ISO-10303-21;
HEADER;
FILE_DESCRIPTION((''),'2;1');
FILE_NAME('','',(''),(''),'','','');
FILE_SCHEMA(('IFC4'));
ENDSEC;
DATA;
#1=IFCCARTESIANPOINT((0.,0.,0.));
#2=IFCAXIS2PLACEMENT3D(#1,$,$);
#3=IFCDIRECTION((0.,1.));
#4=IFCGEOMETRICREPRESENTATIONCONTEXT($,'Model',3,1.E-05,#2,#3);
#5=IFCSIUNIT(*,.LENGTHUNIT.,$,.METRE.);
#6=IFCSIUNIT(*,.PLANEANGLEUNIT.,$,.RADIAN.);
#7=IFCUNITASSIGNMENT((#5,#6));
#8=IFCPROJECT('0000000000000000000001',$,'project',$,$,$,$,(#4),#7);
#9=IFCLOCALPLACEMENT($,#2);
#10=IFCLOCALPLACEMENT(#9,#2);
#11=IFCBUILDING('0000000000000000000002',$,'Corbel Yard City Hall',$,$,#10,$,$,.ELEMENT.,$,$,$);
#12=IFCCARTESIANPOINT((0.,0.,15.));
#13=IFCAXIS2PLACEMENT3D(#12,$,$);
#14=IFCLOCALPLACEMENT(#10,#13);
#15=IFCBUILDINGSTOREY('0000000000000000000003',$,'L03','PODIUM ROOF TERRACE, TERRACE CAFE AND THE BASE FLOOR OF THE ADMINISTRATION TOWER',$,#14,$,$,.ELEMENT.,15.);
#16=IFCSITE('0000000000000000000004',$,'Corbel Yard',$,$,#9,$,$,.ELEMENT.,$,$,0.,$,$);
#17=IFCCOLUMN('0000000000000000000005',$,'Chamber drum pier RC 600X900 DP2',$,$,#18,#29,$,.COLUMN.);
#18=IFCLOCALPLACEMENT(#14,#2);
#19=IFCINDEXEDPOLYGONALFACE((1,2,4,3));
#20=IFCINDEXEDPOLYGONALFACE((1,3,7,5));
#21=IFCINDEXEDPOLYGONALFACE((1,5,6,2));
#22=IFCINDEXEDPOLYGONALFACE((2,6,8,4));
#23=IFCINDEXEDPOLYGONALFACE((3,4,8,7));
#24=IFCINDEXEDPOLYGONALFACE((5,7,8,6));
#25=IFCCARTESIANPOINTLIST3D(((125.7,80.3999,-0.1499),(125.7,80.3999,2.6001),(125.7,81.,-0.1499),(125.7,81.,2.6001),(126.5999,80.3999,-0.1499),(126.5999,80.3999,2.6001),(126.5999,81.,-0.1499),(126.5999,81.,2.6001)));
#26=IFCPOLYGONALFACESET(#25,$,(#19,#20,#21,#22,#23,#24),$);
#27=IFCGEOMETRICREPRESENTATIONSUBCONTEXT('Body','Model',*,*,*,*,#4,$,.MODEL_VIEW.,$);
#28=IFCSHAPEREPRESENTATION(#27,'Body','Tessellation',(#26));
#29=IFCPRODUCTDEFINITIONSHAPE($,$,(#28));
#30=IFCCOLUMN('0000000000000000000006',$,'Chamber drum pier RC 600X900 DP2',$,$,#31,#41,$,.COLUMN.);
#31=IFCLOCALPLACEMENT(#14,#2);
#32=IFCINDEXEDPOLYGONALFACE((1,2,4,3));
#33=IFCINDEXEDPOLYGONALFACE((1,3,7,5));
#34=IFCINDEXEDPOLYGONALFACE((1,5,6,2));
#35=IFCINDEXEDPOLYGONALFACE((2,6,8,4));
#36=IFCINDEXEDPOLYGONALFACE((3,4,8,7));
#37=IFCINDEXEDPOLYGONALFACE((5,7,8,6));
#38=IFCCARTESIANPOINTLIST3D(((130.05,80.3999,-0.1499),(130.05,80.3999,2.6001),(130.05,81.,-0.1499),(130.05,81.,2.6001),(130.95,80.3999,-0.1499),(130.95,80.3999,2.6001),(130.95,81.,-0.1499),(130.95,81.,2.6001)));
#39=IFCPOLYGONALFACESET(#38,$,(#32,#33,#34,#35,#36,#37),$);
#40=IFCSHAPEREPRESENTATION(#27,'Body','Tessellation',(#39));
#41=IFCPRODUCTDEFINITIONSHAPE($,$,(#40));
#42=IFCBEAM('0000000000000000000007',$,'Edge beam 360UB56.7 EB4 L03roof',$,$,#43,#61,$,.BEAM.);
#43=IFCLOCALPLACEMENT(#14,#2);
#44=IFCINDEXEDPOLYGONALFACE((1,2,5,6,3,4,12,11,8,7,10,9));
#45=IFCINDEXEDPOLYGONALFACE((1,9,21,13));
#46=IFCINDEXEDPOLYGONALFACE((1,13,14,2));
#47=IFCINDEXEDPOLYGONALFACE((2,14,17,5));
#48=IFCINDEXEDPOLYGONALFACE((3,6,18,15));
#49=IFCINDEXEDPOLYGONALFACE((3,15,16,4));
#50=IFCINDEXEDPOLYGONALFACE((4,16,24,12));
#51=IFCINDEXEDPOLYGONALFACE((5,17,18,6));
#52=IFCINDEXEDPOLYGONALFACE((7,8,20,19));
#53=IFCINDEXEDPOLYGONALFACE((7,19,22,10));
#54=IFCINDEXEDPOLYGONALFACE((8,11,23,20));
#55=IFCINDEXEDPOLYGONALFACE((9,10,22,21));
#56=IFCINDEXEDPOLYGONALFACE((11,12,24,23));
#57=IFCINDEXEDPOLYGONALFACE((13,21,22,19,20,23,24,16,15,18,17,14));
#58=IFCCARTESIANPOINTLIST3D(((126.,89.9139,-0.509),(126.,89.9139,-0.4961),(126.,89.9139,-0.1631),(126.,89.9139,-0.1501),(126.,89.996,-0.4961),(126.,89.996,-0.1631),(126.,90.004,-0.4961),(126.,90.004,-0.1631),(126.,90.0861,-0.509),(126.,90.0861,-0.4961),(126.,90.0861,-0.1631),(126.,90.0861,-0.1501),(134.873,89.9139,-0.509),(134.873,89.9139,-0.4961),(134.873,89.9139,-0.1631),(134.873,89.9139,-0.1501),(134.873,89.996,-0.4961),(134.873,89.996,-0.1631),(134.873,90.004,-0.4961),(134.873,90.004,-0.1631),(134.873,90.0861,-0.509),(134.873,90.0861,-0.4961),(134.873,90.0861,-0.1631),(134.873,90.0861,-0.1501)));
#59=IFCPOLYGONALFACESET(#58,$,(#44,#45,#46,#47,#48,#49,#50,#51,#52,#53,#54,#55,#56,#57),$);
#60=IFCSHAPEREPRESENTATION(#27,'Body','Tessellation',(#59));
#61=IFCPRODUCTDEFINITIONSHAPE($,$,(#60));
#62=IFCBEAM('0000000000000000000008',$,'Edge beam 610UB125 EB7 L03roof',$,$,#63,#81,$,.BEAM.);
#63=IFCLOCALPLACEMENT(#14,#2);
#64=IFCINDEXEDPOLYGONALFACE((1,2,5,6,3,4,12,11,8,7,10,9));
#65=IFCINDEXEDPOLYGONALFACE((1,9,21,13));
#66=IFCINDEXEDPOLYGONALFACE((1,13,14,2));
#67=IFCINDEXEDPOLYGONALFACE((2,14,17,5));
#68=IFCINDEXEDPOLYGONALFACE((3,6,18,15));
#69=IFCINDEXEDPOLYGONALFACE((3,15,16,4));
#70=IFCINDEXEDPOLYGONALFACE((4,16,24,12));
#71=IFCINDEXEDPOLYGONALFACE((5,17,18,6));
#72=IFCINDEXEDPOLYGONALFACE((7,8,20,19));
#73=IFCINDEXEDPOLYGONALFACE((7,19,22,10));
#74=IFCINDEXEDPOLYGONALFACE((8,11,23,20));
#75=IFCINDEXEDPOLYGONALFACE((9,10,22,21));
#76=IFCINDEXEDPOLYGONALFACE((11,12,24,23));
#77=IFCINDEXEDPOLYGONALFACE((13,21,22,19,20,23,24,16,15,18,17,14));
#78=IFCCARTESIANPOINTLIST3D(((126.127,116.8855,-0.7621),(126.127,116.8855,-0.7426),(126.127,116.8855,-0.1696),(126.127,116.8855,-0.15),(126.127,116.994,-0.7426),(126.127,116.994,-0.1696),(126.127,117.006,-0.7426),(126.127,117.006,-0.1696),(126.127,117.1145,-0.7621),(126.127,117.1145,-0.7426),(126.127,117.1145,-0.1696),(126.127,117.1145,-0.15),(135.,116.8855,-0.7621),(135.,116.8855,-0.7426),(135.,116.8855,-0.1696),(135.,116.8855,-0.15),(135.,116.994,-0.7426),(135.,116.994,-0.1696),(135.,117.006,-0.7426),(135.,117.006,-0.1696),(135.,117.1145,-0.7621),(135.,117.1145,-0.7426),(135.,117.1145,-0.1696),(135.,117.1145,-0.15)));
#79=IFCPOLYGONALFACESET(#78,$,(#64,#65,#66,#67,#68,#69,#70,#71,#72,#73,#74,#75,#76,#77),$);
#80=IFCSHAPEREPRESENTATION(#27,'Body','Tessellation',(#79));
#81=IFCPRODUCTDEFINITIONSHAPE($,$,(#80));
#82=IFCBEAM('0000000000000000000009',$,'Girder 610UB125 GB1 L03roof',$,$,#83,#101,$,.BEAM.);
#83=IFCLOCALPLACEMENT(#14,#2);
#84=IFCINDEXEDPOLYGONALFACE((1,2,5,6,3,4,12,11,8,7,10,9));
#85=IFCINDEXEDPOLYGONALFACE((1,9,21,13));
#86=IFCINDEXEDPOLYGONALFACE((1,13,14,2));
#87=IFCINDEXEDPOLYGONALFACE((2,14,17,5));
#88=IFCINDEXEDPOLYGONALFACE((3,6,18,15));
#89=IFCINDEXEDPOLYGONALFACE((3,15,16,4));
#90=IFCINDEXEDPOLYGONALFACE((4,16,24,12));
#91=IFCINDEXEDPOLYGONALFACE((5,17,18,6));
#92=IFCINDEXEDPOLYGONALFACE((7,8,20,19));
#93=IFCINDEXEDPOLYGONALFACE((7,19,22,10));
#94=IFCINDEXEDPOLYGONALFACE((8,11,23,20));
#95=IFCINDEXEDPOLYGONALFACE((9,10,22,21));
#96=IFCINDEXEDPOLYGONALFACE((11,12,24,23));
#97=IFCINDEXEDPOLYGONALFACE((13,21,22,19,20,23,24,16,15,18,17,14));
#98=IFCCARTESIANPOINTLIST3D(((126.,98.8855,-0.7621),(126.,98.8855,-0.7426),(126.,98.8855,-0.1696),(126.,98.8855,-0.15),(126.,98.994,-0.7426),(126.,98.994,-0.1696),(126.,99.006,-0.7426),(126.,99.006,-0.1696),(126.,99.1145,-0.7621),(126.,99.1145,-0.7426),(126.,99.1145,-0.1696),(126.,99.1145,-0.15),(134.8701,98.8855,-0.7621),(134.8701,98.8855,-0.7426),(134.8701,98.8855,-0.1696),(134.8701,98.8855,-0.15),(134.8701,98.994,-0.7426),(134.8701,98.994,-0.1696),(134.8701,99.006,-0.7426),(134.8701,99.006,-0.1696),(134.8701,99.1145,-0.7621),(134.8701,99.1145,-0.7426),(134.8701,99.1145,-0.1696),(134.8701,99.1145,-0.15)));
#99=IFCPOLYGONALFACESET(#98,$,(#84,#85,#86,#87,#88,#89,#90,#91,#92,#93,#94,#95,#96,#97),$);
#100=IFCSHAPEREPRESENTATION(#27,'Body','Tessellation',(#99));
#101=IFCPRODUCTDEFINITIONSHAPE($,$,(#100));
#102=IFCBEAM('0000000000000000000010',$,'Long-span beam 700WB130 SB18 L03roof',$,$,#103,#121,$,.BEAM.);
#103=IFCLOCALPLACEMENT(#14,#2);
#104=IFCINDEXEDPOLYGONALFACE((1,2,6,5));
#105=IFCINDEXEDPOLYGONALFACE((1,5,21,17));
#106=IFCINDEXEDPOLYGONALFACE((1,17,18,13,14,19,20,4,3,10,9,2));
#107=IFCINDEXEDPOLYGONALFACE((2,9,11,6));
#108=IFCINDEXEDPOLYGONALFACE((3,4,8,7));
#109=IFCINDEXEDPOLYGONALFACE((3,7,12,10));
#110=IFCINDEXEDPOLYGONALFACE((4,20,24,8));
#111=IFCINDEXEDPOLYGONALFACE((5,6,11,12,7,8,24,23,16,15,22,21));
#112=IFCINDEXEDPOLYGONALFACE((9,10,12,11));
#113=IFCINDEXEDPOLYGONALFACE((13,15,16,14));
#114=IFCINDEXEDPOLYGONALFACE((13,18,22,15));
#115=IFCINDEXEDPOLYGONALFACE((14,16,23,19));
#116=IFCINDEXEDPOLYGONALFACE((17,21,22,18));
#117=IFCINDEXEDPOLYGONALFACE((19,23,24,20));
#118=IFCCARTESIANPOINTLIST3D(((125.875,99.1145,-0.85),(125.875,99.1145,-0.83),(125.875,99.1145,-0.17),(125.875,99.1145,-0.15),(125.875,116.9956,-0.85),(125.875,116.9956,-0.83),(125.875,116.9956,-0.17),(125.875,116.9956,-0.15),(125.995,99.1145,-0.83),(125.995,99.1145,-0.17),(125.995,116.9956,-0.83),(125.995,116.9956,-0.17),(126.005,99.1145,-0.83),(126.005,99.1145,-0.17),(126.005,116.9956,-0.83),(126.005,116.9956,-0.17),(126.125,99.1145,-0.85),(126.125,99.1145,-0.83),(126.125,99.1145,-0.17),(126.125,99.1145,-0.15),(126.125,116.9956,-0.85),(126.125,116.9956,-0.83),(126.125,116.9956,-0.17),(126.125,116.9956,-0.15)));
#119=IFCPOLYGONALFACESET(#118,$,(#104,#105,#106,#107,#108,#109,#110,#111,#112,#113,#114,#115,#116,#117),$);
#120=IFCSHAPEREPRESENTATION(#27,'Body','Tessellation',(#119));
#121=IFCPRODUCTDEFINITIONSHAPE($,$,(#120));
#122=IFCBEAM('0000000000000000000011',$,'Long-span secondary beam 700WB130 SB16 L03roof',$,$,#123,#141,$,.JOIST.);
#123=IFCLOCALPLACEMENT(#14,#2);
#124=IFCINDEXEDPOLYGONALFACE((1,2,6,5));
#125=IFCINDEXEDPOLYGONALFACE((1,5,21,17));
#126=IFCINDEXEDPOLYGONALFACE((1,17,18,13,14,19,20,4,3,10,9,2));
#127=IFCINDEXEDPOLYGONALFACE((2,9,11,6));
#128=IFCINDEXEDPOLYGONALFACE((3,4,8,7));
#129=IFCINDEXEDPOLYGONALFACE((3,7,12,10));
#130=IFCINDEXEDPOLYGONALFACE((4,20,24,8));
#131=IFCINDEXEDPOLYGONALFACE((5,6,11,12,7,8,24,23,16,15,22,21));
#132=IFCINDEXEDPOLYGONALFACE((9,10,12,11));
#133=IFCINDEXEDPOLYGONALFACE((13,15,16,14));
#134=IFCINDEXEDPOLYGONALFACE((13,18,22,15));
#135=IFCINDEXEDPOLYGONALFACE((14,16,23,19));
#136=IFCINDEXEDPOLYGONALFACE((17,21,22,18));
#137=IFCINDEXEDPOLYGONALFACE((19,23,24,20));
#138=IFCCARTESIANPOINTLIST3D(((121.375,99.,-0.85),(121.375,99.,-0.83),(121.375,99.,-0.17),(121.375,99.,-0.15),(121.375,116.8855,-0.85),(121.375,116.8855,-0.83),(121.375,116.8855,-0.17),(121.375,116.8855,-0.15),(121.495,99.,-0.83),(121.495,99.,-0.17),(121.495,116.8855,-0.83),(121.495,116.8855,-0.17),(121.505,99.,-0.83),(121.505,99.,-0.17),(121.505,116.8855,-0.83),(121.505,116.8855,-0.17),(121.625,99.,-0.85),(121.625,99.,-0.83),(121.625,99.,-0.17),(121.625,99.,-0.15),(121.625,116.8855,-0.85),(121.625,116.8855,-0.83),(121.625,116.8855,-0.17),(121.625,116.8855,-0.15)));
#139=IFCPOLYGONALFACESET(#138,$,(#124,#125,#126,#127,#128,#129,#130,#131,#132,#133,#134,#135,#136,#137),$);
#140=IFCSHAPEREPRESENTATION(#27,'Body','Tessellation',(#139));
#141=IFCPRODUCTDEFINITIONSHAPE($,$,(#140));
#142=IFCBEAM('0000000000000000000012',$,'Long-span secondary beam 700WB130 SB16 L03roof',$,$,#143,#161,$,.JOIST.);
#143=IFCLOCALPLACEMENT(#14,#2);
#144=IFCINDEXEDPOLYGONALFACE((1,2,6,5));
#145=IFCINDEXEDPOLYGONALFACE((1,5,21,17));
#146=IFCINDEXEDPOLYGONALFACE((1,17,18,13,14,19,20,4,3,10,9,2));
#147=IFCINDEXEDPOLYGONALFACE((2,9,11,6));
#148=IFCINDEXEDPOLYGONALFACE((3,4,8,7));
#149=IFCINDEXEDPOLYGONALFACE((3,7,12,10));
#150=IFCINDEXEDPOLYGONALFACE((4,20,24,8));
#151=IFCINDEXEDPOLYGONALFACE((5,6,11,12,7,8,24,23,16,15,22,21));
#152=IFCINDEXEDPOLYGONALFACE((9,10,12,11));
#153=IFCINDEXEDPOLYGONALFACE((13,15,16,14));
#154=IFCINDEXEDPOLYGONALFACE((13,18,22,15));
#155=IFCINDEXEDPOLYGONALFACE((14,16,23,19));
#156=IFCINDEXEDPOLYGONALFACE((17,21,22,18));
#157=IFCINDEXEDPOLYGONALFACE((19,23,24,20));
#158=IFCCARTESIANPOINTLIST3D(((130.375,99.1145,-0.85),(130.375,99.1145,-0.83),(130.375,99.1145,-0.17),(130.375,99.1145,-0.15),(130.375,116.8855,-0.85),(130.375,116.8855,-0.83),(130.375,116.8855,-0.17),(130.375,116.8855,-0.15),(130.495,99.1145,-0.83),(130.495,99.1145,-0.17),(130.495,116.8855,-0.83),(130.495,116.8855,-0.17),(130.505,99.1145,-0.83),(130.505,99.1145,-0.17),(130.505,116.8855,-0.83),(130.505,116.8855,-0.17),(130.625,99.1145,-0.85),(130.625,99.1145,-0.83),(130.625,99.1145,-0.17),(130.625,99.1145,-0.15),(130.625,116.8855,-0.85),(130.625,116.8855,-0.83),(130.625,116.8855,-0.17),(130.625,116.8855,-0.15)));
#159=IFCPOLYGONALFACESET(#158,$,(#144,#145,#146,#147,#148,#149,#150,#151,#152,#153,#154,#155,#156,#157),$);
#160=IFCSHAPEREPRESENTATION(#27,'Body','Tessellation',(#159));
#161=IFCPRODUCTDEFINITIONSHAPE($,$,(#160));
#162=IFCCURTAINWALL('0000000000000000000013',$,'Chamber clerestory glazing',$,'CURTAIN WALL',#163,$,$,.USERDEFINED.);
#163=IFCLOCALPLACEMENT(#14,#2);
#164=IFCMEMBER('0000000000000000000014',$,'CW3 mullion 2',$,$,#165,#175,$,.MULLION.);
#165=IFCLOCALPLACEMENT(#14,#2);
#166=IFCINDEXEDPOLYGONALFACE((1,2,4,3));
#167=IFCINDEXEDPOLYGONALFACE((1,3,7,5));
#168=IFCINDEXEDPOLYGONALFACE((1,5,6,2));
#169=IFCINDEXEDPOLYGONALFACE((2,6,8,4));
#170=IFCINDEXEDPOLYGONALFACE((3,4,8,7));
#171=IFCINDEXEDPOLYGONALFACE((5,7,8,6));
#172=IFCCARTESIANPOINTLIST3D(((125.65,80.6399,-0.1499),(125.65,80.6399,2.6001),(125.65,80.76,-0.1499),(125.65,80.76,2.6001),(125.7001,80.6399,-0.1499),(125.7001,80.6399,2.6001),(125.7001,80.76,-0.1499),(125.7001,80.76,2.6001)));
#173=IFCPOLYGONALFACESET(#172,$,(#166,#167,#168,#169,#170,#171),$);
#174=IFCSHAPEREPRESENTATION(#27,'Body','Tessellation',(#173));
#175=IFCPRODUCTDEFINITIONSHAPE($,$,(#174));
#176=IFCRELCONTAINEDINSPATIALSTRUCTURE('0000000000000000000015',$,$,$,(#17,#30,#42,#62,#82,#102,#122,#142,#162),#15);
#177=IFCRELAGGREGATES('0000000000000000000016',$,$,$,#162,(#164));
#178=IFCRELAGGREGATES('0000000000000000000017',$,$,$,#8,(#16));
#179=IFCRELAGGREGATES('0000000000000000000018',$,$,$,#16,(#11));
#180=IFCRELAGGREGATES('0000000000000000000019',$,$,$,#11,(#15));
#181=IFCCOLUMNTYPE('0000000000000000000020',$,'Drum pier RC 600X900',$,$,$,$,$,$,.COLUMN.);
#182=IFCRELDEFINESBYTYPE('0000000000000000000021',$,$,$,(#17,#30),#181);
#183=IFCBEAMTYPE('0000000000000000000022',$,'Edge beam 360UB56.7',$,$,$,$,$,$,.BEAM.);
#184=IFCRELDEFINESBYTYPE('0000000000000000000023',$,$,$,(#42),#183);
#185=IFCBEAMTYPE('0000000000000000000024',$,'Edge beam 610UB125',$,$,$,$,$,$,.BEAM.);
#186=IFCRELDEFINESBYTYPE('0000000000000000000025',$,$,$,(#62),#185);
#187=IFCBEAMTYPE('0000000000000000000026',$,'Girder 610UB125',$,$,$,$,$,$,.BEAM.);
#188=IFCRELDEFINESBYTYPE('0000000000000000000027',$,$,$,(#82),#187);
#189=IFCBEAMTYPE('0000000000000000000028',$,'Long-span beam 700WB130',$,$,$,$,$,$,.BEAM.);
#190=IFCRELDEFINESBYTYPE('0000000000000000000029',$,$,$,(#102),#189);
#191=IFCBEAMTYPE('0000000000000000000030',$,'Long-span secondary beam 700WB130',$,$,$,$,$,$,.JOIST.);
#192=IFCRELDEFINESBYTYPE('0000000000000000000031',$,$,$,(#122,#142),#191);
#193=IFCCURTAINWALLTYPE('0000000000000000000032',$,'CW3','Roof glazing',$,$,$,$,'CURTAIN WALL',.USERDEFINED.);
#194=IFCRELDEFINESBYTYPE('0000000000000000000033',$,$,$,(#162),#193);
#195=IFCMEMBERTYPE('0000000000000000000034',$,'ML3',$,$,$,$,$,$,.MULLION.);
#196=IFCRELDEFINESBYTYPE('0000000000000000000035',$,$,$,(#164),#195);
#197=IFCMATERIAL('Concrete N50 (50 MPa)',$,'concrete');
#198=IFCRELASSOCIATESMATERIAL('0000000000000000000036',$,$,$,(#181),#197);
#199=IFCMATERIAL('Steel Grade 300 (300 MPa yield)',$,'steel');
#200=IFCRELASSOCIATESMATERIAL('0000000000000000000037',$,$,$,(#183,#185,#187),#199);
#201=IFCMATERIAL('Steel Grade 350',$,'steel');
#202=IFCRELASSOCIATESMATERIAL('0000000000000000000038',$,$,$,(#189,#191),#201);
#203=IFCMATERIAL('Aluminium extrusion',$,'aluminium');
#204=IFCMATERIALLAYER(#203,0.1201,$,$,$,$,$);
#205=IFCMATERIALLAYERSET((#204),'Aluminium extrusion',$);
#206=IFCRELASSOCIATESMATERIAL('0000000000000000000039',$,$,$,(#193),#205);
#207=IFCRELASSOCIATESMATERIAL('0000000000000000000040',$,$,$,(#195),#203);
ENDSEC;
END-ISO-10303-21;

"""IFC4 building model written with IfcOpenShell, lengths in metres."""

from ifc_helpers import new_model, si_unit, direction, frame, origin, origin_2d, place, context, subcontext, project, spatial, rectangle, i_section, extrude, material, layer, layer_set, material_profile, profile_set, type_object, element, aggregate, save


model = new_model("IFC4")

# Units and contexts
model_context = context("Model", 3, precision=1e-05, world=origin(), true_north=direction((0.0, 1.0)))
body_context = subcontext(model_context, "Body", "Model", "MODEL_VIEW")
ifc_project = project(units=[si_unit("LENGTHUNIT", "METRE"), si_unit("PLANEANGLEUNIT", "RADIAN")], contexts=[model_context])

# Site, building, storey
site_placement = place(None, origin())
site = spatial("IfcSite", under=ifc_project, at=site_placement, Name="Corbel Yard", CompositionType="ELEMENT", RefElevation=0.0)
building_placement = place(site_placement, origin())
building = spatial("IfcBuilding", under=site, at=building_placement, Name="Corbel Yard City Hall", CompositionType="ELEMENT")
storey_placement = place(building_placement, frame((0.0, 0.0, 15.0)))
storey = spatial("IfcBuildingStorey", under=building, at=storey_placement, Name="L03", Description="PODIUM ROOF TERRACE, TERRACE CAFE AND THE BASE FLOOR OF THE ADMINISTRATION TOWER", CompositionType="ELEMENT", Elevation=15.0)

# Columns
ifc_material_1 = material(Name="Concrete N50 (50 MPa)", Category="concrete")
ifc_material_profile_1 = material_profile(ifc_material_1, rectangle(XDim=0.6001, YDim=0.8999, at=origin_2d()), Name="600x900")
ifc_profile_set_1 = profile_set([ifc_material_profile_1], Name="Concrete N50 (50 MPa)")
column_type = type_object("IfcColumnType", Name="Drum pier RC 600X900", PredefinedType="COLUMN", material=ifc_profile_set_1)
for number, where, z_axis, x_axis, name in (
    (1, (126.1499, 80.7, -0.1499), (0.0, 0.0, 1.0), (0.0, 1.0, 0.0), "Chamber drum pier RC 600X900 DP2"),
    (2, (130.5, 80.7, -0.1499), (0.0, 0.0, 1.0), (0.0, 1.0, 0.0), "Chamber drum pier RC 600X900 DP2"),
):
    element("IfcColumn", number, at=place(storey_placement, frame(where, z_axis=z_axis, x_axis=x_axis)), inside=storey, type_object=column_type, Name=name, PredefinedType="COLUMN", context=body_context, shape_type="SweptSolid", body=[
        extrude(rectangle(XDim=0.6001, YDim=0.8999, at=origin_2d()), origin(), (0.0, 0.0, 1.0), 2.75),
    ])

# Beams
ifc_material_2 = material(Name="Steel Grade 300 (300 MPa yield)", Category="steel")
ifc_material_profile_2 = material_profile(ifc_material_2, i_section(OverallWidth=0.1721, OverallDepth=0.3589, WebThickness=0.0081, FlangeThickness=0.0129, at=origin_2d()), Name="360UB56.7")
ifc_profile_set_2 = profile_set([ifc_material_profile_2], Name="Steel Grade 300 (300 MPa yield)")
beam_type_1 = type_object("IfcBeamType", Name="Edge beam 360UB56.7", PredefinedType="BEAM", material=ifc_profile_set_2)
beam_1_placement = place(storey_placement, frame((126.0, 90.0, -0.3296), z_axis=(1.0, 0.0, 0.0), x_axis=(0.0, 1.0, 0.0)))
element("IfcBeam", 3, at=beam_1_placement, inside=storey, type_object=beam_type_1, Name="Edge beam 360UB56.7 EB4 L03roof", PredefinedType="BEAM", context=body_context, shape_type="SweptSolid", body=[
    extrude(i_section(OverallWidth=0.1721, OverallDepth=0.3589, WebThickness=0.0081, FlangeThickness=0.0129, at=origin_2d()), origin(), (0.0, 0.0, 1.0), 8.873),
])
ifc_material_profile_3 = material_profile(ifc_material_2, i_section(OverallWidth=0.229, OverallDepth=0.6121, WebThickness=0.012, FlangeThickness=0.0195, at=origin_2d()), Name="610UB125")
ifc_profile_set_3 = profile_set([ifc_material_profile_3], Name="Steel Grade 300 (300 MPa yield)")
beam_type_2 = type_object("IfcBeamType", Name="Edge beam 610UB125", PredefinedType="BEAM", material=ifc_profile_set_3)
beam_2_placement = place(storey_placement, frame((126.127, 117.0, -0.4561), z_axis=(1.0, 0.0, 0.0), x_axis=(0.0, 1.0, 0.0)))
element("IfcBeam", 4, at=beam_2_placement, inside=storey, type_object=beam_type_2, Name="Edge beam 610UB125 EB7 L03roof", PredefinedType="BEAM", context=body_context, shape_type="SweptSolid", body=[
    extrude(i_section(OverallWidth=0.229, OverallDepth=0.6121, WebThickness=0.012, FlangeThickness=0.0195, at=origin_2d()), origin(), (0.0, 0.0, 1.0), 8.873),
])
ifc_material_profile_4 = material_profile(ifc_material_2, i_section(OverallWidth=0.229, OverallDepth=0.6121, WebThickness=0.012, FlangeThickness=0.0195, at=origin_2d()), Name="610UB125")
ifc_profile_set_4 = profile_set([ifc_material_profile_4], Name="Steel Grade 300 (300 MPa yield)")
beam_type_3 = type_object("IfcBeamType", Name="Girder 610UB125", PredefinedType="BEAM", material=ifc_profile_set_4)
beam_3_placement = place(storey_placement, frame((126.0, 99.0, -0.4561), z_axis=(1.0, 0.0, 0.0), x_axis=(0.0, 1.0, 0.0)))
element("IfcBeam", 5, at=beam_3_placement, inside=storey, type_object=beam_type_3, Name="Girder 610UB125 GB1 L03roof", PredefinedType="BEAM", context=body_context, shape_type="SweptSolid", body=[
    extrude(i_section(OverallWidth=0.229, OverallDepth=0.6121, WebThickness=0.012, FlangeThickness=0.0195, at=origin_2d()), origin(), (0.0, 0.0, 1.0), 8.8701),
])
ifc_material_3 = material(Name="Steel Grade 350", Category="steel")
ifc_material_profile_5 = material_profile(ifc_material_3, i_section(OverallWidth=0.25, OverallDepth=0.7, WebThickness=0.01, FlangeThickness=0.02, at=origin_2d()), Name="700WB130")
ifc_profile_set_5 = profile_set([ifc_material_profile_5], Name="Steel Grade 350")
beam_type_4 = type_object("IfcBeamType", Name="Long-span beam 700WB130", PredefinedType="BEAM", material=ifc_profile_set_5)
beam_4_placement = place(storey_placement, frame((126.0, 99.1145, -0.5), z_axis=(0.0, 1.0, 0.0), x_axis=(-1.0, 0.0, 0.0)))
element("IfcBeam", 6, at=beam_4_placement, inside=storey, type_object=beam_type_4, Name="Long-span beam 700WB130 SB18 L03roof", PredefinedType="BEAM", context=body_context, shape_type="SweptSolid", body=[
    extrude(i_section(OverallWidth=0.25, OverallDepth=0.7, WebThickness=0.01, FlangeThickness=0.02, at=origin_2d()), origin(), (0.0, 0.0, 1.0), 17.8811),
])
ifc_material_profile_6 = material_profile(ifc_material_3, i_section(OverallWidth=0.25, OverallDepth=0.7, WebThickness=0.01, FlangeThickness=0.02, at=origin_2d()), Name="700WB130")
ifc_profile_set_6 = profile_set([ifc_material_profile_6], Name="Steel Grade 350")
beam_type_5 = type_object("IfcBeamType", Name="Long-span secondary beam 700WB130", PredefinedType="JOIST", material=ifc_profile_set_6)
beam_5_placement = place(storey_placement, frame((121.5, 99.0, -0.5), z_axis=(0.0, 1.0, 0.0), x_axis=(-1.0, 0.0, 0.0)))
element("IfcBeam", 7, at=beam_5_placement, inside=storey, type_object=beam_type_5, Name="Long-span secondary beam 700WB130 SB16 L03roof", PredefinedType="JOIST", context=body_context, shape_type="SweptSolid", body=[
    extrude(i_section(OverallWidth=0.25, OverallDepth=0.7, WebThickness=0.01, FlangeThickness=0.02, at=origin_2d()), origin(), (0.0, 0.0, 1.0), 17.8855),
])
beam_6_placement = place(storey_placement, frame((130.5, 99.1145, -0.5), z_axis=(0.0, 1.0, 0.0), x_axis=(-1.0, 0.0, 0.0)))
element("IfcBeam", 8, at=beam_6_placement, inside=storey, type_object=beam_type_5, Name="Long-span secondary beam 700WB130 SB16 L03roof", PredefinedType="JOIST", context=body_context, shape_type="SweptSolid", body=[
    extrude(i_section(OverallWidth=0.25, OverallDepth=0.7, WebThickness=0.01, FlangeThickness=0.02, at=origin_2d()), origin(), (0.0, 0.0, 1.0), 17.771),
])

# Curtain wall, member
ifc_material_4 = material(Name="Aluminium extrusion", Category="aluminium")
ifc_layer_1 = layer(ifc_material_4, 0.1201)
ifc_layer_set_1 = layer_set([ifc_layer_1], Name="Aluminium extrusion")
curtain_wall_type = type_object("IfcCurtainWallType", Name="CW3", Description="Roof glazing", ElementType="CURTAIN WALL", PredefinedType="USERDEFINED", material=ifc_layer_set_1)
curtain_wall_1_placement = place(storey_placement, origin())
curtain_wall_1 = element("IfcCurtainWall", 9, at=curtain_wall_1_placement, inside=storey, type_object=curtain_wall_type, Name="Chamber clerestory glazing", ObjectType="CURTAIN WALL", PredefinedType="USERDEFINED")
ifc_material_profile_7 = material_profile(ifc_material_4, rectangle(XDim=0.1201, YDim=0.05, at=origin_2d()), Name="120x50")
ifc_profile_set_7 = profile_set([ifc_material_profile_7], Name="Aluminium extrusion")
member_type_1 = type_object("IfcMemberType", Name="ML3", PredefinedType="MULLION", material=ifc_profile_set_7)
member_1_placement = place(storey_placement, frame((125.675, 80.7, -0.1499), z_axis=(0.0, 0.0, 1.0), x_axis=(0.0, 1.0, 0.0)))
member_1 = element("IfcMember", 10, at=member_1_placement, type_object=member_type_1, Name="CW3 mullion 2", PredefinedType="MULLION", context=body_context, shape_type="SweptSolid", body=[
    extrude(rectangle(XDim=0.1201, YDim=0.05, at=origin_2d()), origin(), (0.0, 0.0, 1.0), 2.75),
])

aggregate(curtain_wall_1, [member_1])

save(model, "model.ifc")
